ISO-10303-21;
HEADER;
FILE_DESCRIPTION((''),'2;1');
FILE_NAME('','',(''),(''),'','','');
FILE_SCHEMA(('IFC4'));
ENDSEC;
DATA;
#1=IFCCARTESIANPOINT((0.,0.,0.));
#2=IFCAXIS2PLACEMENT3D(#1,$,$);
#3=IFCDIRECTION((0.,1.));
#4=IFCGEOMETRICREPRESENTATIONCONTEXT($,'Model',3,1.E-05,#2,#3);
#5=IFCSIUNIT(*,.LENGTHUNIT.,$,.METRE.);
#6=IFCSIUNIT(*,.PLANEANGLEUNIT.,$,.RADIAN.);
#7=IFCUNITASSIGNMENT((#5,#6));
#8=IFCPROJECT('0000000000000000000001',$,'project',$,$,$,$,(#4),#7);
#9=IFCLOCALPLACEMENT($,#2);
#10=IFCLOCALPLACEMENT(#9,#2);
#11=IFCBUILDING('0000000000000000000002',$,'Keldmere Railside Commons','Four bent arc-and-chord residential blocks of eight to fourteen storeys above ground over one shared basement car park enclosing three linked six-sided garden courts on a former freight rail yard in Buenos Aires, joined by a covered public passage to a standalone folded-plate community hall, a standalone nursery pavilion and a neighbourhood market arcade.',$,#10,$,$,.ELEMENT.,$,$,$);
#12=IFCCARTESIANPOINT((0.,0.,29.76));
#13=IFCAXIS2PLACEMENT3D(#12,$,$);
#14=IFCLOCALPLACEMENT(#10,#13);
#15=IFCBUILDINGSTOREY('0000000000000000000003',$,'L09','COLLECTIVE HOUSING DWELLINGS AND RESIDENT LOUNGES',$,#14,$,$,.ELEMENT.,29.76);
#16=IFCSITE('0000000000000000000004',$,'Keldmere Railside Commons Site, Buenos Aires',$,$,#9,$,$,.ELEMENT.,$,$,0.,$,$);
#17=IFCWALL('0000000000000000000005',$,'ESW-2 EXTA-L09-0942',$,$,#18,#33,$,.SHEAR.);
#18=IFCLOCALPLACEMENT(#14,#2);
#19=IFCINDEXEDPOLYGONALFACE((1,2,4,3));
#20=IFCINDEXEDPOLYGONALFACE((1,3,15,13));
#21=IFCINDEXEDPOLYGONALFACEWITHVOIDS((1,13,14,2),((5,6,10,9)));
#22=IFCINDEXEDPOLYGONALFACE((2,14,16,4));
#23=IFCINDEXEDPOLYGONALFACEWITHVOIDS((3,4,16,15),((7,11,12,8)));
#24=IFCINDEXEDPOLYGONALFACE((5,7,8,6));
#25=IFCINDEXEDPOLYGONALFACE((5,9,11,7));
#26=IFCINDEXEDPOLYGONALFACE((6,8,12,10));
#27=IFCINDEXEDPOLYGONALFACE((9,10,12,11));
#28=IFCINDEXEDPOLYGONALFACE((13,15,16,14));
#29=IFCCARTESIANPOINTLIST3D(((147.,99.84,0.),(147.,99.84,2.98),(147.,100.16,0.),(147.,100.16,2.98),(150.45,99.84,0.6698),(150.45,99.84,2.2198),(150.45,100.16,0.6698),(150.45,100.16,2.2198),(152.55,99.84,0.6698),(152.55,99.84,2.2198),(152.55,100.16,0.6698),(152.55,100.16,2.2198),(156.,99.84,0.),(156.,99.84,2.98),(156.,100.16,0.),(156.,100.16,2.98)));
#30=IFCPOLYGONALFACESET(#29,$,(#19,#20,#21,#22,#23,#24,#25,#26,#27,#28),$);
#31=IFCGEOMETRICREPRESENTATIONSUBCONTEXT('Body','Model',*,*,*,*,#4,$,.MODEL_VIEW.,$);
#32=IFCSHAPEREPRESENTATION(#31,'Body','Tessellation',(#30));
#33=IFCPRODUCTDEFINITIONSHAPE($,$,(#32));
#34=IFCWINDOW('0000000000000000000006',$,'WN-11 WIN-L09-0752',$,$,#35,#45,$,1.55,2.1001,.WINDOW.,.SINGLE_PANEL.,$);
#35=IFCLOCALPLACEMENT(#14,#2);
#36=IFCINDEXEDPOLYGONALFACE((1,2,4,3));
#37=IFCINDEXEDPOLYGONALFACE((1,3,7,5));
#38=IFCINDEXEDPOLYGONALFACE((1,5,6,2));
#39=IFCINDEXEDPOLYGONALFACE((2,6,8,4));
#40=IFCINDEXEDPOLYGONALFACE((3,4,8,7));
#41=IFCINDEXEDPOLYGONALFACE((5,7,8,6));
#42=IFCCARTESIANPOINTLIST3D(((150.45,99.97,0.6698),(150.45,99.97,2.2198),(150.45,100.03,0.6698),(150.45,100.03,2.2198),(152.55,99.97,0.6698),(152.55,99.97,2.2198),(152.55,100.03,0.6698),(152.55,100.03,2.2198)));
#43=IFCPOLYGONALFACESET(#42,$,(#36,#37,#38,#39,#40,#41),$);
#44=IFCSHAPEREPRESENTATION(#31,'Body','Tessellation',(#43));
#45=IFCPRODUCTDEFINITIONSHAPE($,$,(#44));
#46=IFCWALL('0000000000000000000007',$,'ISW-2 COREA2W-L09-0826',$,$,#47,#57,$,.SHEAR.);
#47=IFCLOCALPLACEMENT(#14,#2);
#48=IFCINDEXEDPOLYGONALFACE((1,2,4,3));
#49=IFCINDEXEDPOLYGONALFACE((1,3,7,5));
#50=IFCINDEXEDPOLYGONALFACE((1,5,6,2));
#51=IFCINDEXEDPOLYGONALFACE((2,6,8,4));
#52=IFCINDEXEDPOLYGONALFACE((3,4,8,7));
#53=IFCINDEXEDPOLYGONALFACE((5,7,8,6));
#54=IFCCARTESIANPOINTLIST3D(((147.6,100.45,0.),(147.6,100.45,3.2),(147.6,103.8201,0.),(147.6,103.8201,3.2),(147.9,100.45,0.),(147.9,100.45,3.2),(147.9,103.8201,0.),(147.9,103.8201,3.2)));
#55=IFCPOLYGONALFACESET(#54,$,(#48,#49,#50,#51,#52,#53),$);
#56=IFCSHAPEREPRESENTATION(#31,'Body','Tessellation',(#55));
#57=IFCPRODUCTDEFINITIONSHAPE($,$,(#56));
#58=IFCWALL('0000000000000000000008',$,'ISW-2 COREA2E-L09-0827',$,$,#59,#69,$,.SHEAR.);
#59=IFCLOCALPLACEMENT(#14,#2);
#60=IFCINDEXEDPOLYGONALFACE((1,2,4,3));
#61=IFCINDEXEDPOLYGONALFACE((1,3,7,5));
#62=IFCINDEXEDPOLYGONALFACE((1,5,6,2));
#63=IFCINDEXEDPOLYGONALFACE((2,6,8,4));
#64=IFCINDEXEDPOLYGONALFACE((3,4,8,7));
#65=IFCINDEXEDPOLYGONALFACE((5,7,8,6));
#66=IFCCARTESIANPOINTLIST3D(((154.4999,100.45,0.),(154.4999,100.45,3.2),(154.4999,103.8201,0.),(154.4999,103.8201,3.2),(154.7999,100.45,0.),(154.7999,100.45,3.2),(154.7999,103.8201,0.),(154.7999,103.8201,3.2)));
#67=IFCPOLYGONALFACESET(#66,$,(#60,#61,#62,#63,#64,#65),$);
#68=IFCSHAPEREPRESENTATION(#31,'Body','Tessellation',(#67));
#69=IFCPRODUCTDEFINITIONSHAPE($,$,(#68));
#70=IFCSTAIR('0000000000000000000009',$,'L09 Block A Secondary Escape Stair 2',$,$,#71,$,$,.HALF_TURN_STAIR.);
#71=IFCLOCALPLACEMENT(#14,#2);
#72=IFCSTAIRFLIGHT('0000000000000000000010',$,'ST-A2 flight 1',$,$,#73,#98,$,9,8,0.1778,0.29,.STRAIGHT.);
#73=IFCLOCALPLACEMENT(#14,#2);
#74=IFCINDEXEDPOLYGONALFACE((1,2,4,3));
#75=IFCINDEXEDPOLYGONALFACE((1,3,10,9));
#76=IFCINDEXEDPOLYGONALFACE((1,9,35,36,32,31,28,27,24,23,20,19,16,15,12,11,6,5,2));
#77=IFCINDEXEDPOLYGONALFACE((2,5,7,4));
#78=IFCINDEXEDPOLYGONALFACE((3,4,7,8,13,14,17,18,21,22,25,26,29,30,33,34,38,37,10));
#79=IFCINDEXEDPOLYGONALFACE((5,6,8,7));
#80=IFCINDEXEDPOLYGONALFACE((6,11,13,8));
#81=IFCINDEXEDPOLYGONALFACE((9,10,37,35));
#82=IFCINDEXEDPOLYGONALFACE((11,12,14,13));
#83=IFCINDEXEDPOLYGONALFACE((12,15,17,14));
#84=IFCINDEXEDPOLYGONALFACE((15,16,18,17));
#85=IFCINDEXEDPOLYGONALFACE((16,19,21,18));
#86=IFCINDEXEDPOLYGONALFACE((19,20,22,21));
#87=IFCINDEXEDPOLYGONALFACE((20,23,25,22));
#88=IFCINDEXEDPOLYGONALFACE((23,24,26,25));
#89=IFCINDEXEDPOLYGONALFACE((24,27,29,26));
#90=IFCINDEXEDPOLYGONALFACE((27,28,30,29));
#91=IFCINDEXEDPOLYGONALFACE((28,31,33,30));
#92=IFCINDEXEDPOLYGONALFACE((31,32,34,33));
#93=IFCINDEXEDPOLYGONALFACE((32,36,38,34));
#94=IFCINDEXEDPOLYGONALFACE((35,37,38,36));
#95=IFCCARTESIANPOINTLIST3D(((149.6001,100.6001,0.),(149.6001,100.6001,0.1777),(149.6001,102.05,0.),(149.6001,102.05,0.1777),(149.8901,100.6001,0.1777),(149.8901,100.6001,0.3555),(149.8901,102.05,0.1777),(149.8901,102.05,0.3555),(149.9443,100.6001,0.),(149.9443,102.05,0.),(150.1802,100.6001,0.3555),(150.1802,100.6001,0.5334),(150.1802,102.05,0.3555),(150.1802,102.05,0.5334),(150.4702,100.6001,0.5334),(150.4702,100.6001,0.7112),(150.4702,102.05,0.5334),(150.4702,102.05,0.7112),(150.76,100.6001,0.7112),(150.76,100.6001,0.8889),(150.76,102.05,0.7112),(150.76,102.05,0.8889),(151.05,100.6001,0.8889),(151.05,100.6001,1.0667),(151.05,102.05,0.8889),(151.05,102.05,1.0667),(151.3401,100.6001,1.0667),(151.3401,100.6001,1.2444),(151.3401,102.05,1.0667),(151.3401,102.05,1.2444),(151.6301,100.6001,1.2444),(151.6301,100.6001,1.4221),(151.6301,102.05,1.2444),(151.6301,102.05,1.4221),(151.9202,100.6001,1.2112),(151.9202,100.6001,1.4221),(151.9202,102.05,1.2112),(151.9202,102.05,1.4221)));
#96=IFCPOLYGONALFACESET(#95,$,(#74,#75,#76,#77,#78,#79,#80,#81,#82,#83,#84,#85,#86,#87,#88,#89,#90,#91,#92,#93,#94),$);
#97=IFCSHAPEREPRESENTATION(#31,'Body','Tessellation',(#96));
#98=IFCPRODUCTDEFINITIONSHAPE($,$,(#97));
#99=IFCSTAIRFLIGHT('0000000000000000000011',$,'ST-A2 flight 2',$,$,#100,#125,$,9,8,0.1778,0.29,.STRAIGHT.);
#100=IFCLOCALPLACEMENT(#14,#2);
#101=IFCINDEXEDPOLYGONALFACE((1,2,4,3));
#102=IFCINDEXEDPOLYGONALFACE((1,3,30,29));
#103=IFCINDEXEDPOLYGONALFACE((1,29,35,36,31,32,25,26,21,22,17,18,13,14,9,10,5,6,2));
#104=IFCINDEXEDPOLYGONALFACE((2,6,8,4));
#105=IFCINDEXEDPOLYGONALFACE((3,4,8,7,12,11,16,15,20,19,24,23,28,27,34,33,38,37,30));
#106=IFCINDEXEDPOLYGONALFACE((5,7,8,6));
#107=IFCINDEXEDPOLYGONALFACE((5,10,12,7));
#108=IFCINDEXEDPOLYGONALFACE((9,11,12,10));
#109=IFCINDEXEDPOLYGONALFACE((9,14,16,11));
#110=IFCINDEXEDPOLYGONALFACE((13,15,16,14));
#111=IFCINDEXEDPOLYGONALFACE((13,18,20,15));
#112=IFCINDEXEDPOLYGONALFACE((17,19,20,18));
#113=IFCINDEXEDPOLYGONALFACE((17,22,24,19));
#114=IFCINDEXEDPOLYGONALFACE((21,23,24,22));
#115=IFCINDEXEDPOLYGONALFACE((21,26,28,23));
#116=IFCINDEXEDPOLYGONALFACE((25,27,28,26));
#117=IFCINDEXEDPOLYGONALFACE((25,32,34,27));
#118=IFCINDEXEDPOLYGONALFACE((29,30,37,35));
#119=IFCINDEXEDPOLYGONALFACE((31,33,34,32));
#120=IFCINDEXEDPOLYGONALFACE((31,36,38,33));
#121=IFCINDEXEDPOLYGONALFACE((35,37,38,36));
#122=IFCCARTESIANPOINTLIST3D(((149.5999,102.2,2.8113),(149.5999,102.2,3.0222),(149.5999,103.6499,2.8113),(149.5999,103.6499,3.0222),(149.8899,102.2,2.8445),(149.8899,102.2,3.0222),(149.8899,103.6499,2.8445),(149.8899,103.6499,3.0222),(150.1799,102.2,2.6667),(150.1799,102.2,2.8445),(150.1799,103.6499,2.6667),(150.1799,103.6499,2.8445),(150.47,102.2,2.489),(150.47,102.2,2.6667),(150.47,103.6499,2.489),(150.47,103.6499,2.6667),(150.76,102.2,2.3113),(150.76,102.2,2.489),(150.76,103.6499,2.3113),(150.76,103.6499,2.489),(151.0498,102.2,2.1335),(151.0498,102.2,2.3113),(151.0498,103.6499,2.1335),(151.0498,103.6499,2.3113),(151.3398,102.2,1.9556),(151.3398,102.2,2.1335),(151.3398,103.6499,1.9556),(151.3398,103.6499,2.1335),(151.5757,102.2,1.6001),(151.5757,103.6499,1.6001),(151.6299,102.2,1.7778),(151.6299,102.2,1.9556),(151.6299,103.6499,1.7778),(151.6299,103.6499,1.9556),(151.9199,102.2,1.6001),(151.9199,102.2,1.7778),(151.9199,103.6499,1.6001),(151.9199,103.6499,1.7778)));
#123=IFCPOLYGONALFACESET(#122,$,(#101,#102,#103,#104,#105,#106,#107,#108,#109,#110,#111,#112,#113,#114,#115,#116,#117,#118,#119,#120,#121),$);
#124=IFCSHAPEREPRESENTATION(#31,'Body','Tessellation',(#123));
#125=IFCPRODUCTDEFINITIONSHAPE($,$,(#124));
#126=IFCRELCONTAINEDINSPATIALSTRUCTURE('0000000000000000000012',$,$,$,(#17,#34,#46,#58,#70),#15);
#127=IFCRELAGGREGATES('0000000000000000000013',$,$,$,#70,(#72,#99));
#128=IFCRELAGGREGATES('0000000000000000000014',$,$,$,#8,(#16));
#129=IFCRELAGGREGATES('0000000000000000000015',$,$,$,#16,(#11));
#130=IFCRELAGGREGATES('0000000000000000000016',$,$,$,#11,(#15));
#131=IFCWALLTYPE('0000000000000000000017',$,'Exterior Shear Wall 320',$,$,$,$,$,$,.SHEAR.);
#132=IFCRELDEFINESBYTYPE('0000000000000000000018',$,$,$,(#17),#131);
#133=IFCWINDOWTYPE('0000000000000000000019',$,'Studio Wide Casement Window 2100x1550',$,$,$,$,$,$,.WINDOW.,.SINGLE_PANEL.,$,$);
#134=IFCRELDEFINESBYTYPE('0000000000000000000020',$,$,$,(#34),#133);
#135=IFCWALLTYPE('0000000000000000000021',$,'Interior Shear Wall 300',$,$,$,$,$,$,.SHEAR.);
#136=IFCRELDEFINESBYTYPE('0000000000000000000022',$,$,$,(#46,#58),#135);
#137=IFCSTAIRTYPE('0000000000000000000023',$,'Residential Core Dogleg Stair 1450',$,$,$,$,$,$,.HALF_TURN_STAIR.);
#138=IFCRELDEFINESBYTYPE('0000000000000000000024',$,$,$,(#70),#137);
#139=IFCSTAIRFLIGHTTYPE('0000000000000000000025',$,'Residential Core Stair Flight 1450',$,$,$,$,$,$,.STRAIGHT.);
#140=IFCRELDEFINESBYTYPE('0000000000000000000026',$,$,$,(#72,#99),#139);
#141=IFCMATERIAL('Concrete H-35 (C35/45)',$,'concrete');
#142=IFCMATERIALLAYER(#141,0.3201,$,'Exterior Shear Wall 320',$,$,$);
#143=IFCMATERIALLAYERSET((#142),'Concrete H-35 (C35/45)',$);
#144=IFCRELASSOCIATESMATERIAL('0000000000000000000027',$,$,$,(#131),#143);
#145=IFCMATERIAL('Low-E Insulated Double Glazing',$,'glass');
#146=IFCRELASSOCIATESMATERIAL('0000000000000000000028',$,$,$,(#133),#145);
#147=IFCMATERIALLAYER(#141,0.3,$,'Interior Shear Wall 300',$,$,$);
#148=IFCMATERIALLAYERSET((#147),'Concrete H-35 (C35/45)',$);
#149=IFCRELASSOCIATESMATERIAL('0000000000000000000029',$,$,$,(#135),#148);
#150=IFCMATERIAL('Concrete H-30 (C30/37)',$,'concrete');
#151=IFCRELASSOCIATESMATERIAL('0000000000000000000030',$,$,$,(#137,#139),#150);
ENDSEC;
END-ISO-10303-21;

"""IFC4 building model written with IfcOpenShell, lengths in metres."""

from ifc_helpers import new_model, si_unit, direction, frame, frame_2d, origin, place, context, subcontext, project, spatial, polyline, rectangle, outline, extrude, material, layer, layer_set, type_object, element, fill, aggregate, save


model = new_model("IFC4")

# Units and contexts
model_context = context("Model", 3, precision=1e-05, world=origin(), true_north=direction((0.0, 1.0)))
body_context = subcontext(model_context, "Body", "Model", "MODEL_VIEW")
ifc_project = project(units=[si_unit("LENGTHUNIT", "METRE"), si_unit("PLANEANGLEUNIT", "RADIAN")], contexts=[model_context])

# Site, building, storey
site_placement = place(None, origin())
site = spatial("IfcSite", under=ifc_project, at=site_placement, Name="Keldmere Railside Commons Site, Buenos Aires", CompositionType="ELEMENT", RefElevation=0.0)
building_placement = place(site_placement, origin())
building = spatial("IfcBuilding", under=site, at=building_placement, Name="Keldmere Railside Commons", Description="Four bent arc-and-chord residential blocks of eight to fourteen storeys above ground over one shared basement car park enclosing three linked six-sided garden courts on a former freight rail yard in Buenos Aires, joined by a covered public passage to a standalone folded-plate community hall, a standalone nursery pavilion and a neighbourhood market arcade.", CompositionType="ELEMENT")
storey_placement = place(building_placement, frame((0.0, 0.0, 29.76)))
storey = spatial("IfcBuildingStorey", under=building, at=storey_placement, Name="L09", Description="COLLECTIVE HOUSING DWELLINGS AND RESIDENT LOUNGES", CompositionType="ELEMENT", Elevation=29.76)

# Wall, opening, window
ifc_material_1 = material(Name="Concrete H-35 (C35/45)", Category="concrete")
ifc_layer_1 = layer(ifc_material_1, 0.3201, Name="Exterior Shear Wall 320")
ifc_layer_set_1 = layer_set([ifc_layer_1], Name="Concrete H-35 (C35/45)")
wall_type_1 = type_object("IfcWallType", Name="Exterior Shear Wall 320", PredefinedType="SHEAR", material=ifc_layer_set_1)
wall_placement = place(storey_placement, frame((156.0, 100.0, 0.0), z_axis=(0.0, 0.0, 1.0), x_axis=(-1.0, 0.0, 0.0)))
wall = element("IfcWall", 1, at=wall_placement, inside=storey, type_object=wall_type_1, Name="ESW-2 EXTA-L09-0942", PredefinedType="SHEAR", context=body_context, shape_type="SweptSolid", body=[
    extrude(rectangle(XDim=9.0, YDim=0.3201, at=frame_2d((4.5, 0.0))), origin(), (0.0, 0.0, 1.0), 2.98),
])
opening_placement = place(wall_placement, frame((3.45, 0.0, 0.6699)))
opening = element("IfcOpeningElement", 2, at=opening_placement, cuts=wall, PredefinedType="OPENING", context=body_context, shape_type="SweptSolid", body=[
    extrude(rectangle(XDim=2.1001, YDim=1.55, at=frame_2d((1.05, 0.7749))), frame((0.0, 0.1699, 0.0), z_axis=(0.0, -1.0, 0.0), x_axis=(1.0, 0.0, 0.0)), (0.0, 0.0, 1.0), 0.3401),
])
ifc_material_2 = material(Name="Low-E Insulated Double Glazing", Category="glass")
window_type = type_object("IfcWindowType", Name="Studio Wide Casement Window 2100x1550", PartitioningType="SINGLE_PANEL", PredefinedType="WINDOW", material=ifc_material_2)
window_placement = place(opening_placement, origin())
window = element("IfcWindow", 3, at=window_placement, inside=storey, type_object=window_type, Name="WN-11 WIN-L09-0752", OverallHeight=1.55, OverallWidth=2.1001, PartitioningType="SINGLE_PANEL", PredefinedType="WINDOW", context=body_context, shape_type="SweptSolid", body=[
    extrude(rectangle(XDim=2.1001, YDim=1.55, at=frame_2d((1.05, 0.7749))), frame((0.0, 0.03, 0.0), z_axis=(0.0, -1.0, 0.0), x_axis=(1.0, 0.0, 0.0)), (0.0, 0.0, 1.0), 0.0601),
])
fill(opening, window)

# Walls
ifc_layer_2 = layer(ifc_material_1, 0.3, Name="Interior Shear Wall 300")
ifc_layer_set_2 = layer_set([ifc_layer_2], Name="Concrete H-35 (C35/45)")
wall_type_2 = type_object("IfcWallType", Name="Interior Shear Wall 300", PredefinedType="SHEAR", material=ifc_layer_set_2)
for number, where, z_axis, x_axis, name in (
    (4, (147.75, 103.8201, 0.0), (0.0, 0.0, 1.0), (0.0, -1.0, 0.0), "ISW-2 COREA2W-L09-0826"),
    (5, (154.6499, 100.45, 0.0), (0.0, 0.0, 1.0), (0.0, 1.0, 0.0), "ISW-2 COREA2E-L09-0827"),
):
    element("IfcWall", number, at=place(storey_placement, frame(where, z_axis=z_axis, x_axis=x_axis)), inside=storey, type_object=wall_type_2, Name=name, PredefinedType="SHEAR", context=body_context, shape_type="SweptSolid", body=[
        extrude(rectangle(XDim=3.3701, YDim=0.3, at=frame_2d((1.6851, 0.0))), origin(), (0.0, 0.0, 1.0), 3.2),
    ])

# Stair, stair flights
ifc_material_3 = material(Name="Concrete H-30 (C30/37)", Category="concrete")
stair_type = type_object("IfcStairType", Name="Residential Core Dogleg Stair 1450", PredefinedType="HALF_TURN_STAIR", material=ifc_material_3)
stair_placement = place(storey_placement, origin())
stair = element("IfcStair", 6, at=stair_placement, inside=storey, type_object=stair_type, Name="L09 Block A Secondary Escape Stair 2", PredefinedType="HALF_TURN_STAIR")
stair_flight_type = type_object("IfcStairFlightType", Name="Residential Core Stair Flight 1450", PredefinedType="STRAIGHT", material=ifc_material_3)
stair_flight_1_placement = place(storey_placement, frame((149.6001, 101.325, 0.0), z_axis=(0.0, 0.0, 1.0), x_axis=(1.0, 0.0, 0.0)))
stair_flight_1 = element("IfcStairFlight", 7, at=stair_flight_1_placement, type_object=stair_flight_type, Name="ST-A2 flight 1", NumberOfRisers=9, NumberOfTreads=8, PredefinedType="STRAIGHT", RiserHeight=0.1778, TreadLength=0.29, context=body_context, shape_type="SweptSolid", body=[
    extrude(outline(polyline([(0.0, 0.0), (0.0, 0.1777), (0.29, 0.1777), (0.29, 0.3555), (0.5801, 0.3555), (0.5801, 0.5334), (0.8701, 0.5334), (0.8701, 0.7112), (1.1599, 0.7112), (1.1599, 0.8889), (1.45, 0.8889), (1.45, 1.0667), (1.74, 1.0667), (1.74, 1.2444), (2.03, 1.2444), (2.03, 1.4221), (2.3201, 1.4221), (2.3201, 1.6001), (2.3201, 1.2112), (0.3442, 0.0), (0.0, 0.0)])), frame((0.0, 0.7251, 0.0), z_axis=(0.0, -1.0, 0.0), x_axis=(1.0, 0.0, 0.0)), (0.0, 0.0, 1.0), 1.45),
])
stair_flight_2_placement = place(storey_placement, frame((151.9199, 102.925, 1.6001), z_axis=(0.0, 0.0, 1.0), x_axis=(-1.0, 0.0, 0.0)))
stair_flight_2 = element("IfcStairFlight", 8, at=stair_flight_2_placement, type_object=stair_flight_type, Name="ST-A2 flight 2", NumberOfRisers=9, NumberOfTreads=8, PredefinedType="STRAIGHT", RiserHeight=0.1778, TreadLength=0.29, context=body_context, shape_type="SweptSolid", body=[
    extrude(outline(polyline([(0.0, 0.0), (0.0, 0.1777), (0.29, 0.1777), (0.29, 0.3555), (0.5801, 0.3555), (0.5801, 0.5334), (0.8701, 0.5334), (0.8701, 0.7112), (1.1599, 0.7112), (1.1599, 0.8889), (1.45, 0.8889), (1.45, 1.0667), (1.74, 1.0667), (1.74, 1.2444), (2.03, 1.2444), (2.03, 1.4221), (2.3201, 1.4221), (2.3201, 1.6001), (2.3201, 1.2112), (0.3442, 0.0), (0.0, 0.0)])), frame((0.0, 0.7251, 0.0), z_axis=(0.0, -1.0, 0.0), x_axis=(1.0, 0.0, 0.0)), (0.0, 0.0, 1.0), 1.45),
])
aggregate(stair, [stair_flight_1, stair_flight_2])

save(model, "model.ifc")
